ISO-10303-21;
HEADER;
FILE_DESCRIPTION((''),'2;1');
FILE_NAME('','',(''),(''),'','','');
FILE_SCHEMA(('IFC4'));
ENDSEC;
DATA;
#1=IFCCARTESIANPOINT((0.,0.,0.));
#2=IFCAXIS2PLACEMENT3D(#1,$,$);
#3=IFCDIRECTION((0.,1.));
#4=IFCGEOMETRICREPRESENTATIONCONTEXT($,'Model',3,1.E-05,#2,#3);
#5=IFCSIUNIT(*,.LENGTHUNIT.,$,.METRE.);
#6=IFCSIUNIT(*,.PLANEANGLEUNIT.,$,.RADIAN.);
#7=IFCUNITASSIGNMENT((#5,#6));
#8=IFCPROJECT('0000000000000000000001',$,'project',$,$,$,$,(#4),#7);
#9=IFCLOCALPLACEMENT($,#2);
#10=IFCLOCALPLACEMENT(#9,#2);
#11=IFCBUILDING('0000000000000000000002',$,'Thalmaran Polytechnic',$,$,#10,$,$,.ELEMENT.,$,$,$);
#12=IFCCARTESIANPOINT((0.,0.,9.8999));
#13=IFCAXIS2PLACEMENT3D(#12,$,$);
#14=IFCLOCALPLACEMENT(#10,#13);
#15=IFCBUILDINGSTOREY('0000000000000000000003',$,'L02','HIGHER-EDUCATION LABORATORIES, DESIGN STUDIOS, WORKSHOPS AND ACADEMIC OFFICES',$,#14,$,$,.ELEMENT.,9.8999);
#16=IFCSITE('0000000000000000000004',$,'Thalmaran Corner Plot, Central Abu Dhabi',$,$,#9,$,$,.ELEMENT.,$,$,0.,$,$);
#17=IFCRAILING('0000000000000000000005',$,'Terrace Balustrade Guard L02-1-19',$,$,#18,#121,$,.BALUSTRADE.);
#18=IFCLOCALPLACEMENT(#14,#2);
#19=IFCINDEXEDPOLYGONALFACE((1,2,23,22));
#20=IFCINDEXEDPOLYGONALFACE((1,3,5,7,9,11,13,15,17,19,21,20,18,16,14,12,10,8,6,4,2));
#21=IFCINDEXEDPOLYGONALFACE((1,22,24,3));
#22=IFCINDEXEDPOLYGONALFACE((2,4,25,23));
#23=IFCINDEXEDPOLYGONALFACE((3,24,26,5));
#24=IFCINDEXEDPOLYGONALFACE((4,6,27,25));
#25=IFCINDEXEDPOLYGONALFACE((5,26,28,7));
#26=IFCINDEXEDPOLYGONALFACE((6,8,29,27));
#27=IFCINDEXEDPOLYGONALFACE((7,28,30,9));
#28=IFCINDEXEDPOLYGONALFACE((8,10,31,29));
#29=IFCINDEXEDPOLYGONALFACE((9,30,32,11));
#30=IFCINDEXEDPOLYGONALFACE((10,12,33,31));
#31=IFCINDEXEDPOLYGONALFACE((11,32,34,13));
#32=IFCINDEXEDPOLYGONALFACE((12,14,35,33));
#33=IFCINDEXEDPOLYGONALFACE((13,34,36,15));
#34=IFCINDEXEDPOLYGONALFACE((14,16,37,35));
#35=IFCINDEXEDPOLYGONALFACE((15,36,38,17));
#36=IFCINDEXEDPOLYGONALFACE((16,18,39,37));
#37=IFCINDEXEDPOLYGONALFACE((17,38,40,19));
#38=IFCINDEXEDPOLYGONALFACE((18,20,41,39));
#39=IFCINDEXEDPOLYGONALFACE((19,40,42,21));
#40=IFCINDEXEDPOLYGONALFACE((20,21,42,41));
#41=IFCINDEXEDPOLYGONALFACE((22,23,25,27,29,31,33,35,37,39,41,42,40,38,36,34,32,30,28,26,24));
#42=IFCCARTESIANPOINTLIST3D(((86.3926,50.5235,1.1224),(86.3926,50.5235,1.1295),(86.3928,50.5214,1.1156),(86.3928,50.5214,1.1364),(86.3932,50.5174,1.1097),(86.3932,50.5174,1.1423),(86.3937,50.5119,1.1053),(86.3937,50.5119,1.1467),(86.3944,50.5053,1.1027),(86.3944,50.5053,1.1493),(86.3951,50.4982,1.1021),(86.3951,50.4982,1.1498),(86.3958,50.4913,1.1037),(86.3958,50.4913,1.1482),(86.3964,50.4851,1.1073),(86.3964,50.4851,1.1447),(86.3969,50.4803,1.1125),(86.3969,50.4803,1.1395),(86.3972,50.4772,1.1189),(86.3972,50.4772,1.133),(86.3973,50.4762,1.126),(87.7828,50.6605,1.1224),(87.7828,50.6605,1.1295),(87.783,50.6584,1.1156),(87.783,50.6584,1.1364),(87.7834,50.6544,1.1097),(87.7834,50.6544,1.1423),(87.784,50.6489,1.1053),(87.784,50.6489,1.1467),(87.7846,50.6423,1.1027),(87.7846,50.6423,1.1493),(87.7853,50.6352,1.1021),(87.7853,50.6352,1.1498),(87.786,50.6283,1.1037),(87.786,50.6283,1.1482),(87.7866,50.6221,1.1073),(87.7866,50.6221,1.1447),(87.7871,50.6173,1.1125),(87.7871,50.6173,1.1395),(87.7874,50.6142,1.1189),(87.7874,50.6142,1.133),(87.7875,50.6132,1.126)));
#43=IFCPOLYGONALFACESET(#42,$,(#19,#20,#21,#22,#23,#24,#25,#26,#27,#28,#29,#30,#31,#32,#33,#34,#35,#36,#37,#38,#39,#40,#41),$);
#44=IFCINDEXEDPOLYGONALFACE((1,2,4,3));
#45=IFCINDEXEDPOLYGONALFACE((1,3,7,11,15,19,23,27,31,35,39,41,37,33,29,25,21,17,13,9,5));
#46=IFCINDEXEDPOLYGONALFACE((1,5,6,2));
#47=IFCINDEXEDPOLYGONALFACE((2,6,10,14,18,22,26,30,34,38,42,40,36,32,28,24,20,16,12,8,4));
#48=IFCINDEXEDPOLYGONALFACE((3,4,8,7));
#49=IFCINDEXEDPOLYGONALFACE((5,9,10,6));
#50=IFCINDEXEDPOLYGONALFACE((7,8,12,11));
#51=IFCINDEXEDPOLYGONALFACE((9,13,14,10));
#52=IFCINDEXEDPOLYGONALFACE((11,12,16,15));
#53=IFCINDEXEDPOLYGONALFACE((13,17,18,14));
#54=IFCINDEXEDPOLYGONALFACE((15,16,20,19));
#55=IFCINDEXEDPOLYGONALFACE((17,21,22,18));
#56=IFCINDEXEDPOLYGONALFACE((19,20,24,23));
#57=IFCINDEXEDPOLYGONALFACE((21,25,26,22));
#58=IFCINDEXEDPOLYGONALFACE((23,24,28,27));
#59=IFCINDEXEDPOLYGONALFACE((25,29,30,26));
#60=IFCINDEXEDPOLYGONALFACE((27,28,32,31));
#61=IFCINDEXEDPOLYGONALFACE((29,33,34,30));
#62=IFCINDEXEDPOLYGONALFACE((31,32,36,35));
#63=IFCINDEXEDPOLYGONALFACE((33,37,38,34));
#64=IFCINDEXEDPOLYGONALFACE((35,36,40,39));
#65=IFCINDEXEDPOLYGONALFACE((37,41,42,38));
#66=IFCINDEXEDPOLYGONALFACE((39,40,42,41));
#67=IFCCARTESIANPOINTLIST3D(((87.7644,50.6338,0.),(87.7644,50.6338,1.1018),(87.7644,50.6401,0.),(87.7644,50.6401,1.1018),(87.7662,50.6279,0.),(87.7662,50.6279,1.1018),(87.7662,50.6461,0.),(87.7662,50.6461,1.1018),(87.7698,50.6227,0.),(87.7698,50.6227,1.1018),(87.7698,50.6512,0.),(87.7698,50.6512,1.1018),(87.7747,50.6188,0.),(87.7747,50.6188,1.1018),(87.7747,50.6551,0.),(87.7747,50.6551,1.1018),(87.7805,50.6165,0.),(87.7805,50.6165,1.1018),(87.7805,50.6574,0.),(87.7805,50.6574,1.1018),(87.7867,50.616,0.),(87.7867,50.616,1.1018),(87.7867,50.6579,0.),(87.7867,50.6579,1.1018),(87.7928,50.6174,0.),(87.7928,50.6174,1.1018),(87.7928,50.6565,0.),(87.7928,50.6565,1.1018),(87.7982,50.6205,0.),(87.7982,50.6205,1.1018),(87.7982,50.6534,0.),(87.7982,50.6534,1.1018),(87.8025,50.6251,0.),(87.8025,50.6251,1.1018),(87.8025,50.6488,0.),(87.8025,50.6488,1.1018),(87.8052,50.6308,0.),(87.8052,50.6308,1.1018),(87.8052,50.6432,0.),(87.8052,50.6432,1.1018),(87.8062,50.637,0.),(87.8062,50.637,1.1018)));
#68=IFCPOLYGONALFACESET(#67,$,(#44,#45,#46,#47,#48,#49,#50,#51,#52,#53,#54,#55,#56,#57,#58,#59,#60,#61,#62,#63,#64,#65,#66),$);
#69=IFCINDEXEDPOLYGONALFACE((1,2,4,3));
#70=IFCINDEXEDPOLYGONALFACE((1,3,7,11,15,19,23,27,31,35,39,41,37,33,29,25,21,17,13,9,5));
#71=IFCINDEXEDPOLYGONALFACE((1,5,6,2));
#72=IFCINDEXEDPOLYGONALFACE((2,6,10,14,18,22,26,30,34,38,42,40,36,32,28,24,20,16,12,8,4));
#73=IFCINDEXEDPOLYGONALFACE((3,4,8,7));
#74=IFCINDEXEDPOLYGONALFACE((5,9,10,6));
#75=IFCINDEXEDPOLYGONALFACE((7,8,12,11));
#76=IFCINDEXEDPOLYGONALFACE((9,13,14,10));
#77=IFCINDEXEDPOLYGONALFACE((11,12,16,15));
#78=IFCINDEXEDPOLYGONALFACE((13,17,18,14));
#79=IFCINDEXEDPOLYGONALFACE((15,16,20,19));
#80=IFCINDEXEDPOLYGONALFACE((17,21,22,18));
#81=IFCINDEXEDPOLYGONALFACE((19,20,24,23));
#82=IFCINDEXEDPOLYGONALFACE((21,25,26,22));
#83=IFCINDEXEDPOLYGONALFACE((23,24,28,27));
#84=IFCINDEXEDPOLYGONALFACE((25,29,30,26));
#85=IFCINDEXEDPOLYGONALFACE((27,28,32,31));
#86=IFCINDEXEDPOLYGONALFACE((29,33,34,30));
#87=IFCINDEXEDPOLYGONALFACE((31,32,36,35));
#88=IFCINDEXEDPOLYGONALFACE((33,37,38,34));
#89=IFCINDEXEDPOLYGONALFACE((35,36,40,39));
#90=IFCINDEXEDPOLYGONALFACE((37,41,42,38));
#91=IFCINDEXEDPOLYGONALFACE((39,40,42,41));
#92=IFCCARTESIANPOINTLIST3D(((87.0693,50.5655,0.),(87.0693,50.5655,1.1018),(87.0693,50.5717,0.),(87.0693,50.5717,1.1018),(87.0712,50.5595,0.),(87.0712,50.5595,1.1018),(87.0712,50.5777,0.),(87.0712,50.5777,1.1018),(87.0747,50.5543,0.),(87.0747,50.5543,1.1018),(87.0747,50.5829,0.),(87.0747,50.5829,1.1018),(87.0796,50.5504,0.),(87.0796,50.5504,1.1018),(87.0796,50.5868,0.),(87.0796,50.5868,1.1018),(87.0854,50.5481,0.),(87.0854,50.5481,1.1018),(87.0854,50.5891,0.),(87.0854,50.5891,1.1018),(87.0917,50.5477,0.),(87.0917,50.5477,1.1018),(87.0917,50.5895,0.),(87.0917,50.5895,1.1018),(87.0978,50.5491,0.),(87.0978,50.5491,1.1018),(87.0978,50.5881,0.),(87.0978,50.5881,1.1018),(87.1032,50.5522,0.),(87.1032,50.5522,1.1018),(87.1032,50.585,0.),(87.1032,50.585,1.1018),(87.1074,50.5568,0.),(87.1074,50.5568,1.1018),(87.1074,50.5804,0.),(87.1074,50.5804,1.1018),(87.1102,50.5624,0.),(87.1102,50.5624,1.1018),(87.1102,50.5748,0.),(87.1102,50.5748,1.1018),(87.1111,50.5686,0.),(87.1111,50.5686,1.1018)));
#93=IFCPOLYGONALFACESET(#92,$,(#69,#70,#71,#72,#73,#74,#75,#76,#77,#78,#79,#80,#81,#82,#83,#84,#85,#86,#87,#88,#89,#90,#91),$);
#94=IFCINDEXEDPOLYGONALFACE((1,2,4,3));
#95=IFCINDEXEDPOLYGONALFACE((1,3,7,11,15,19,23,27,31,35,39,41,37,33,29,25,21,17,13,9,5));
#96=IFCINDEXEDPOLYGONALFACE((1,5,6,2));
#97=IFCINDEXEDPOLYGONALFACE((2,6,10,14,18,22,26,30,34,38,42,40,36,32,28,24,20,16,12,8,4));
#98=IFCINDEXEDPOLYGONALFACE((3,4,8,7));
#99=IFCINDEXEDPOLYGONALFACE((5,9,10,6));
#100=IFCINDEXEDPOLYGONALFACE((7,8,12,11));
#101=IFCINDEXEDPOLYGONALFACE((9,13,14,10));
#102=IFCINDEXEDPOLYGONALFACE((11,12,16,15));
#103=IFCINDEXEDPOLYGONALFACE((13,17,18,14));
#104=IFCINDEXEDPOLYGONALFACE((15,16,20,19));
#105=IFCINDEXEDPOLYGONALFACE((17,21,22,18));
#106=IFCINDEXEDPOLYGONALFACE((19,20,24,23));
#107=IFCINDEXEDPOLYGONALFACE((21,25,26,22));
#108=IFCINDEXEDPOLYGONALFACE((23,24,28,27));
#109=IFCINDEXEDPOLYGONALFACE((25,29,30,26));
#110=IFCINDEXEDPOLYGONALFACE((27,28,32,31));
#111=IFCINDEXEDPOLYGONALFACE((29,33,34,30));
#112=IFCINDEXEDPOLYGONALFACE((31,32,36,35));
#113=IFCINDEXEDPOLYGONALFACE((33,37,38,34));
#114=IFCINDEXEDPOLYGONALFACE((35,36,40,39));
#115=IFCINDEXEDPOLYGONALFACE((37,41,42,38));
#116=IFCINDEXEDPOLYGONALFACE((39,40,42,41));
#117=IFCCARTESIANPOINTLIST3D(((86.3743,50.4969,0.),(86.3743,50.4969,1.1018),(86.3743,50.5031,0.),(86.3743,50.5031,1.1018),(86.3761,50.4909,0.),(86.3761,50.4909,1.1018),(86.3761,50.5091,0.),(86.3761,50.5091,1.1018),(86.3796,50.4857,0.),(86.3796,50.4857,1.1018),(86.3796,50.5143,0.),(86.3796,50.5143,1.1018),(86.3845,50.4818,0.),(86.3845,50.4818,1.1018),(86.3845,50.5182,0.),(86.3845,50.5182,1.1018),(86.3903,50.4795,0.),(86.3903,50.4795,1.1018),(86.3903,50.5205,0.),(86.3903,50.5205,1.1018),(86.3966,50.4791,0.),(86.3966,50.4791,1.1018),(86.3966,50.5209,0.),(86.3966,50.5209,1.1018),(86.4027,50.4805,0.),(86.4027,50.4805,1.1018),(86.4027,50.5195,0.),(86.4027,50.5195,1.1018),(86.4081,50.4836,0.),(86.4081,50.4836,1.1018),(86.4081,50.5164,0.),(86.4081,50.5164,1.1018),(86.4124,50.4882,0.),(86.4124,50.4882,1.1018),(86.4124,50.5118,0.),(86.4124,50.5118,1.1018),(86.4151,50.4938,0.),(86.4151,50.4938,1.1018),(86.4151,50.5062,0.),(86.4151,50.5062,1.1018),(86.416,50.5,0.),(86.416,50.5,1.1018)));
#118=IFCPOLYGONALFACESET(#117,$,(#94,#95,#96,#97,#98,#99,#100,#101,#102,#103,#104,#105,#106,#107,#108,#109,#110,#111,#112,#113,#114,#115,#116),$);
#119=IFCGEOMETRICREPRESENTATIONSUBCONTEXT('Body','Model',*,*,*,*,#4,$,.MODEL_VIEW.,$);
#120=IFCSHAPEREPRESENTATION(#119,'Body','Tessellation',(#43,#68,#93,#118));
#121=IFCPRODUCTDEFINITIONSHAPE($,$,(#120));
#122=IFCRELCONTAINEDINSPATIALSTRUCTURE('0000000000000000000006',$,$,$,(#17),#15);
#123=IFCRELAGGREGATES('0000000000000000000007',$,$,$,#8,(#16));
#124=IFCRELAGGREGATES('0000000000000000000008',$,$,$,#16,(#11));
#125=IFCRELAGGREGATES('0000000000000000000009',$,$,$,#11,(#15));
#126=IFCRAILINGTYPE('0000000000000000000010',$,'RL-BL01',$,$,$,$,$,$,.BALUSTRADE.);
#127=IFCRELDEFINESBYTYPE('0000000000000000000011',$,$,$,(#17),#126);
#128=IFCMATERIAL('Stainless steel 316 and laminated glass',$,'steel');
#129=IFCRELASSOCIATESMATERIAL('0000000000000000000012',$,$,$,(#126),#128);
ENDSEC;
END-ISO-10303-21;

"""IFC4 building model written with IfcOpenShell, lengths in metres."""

from ifc_helpers import new_model, si_unit, direction, frame, origin, origin_2d, place, context, subcontext, project, spatial, circle, extrude, material, type_object, element, save


model = new_model("IFC4")

# Units and contexts
model_context = context("Model", 3, precision=1e-05, world=origin(), true_north=direction((0.0, 1.0)))
body_context = subcontext(model_context, "Body", "Model", "MODEL_VIEW")
ifc_project = project(units=[si_unit("LENGTHUNIT", "METRE"), si_unit("PLANEANGLEUNIT", "RADIAN")], contexts=[model_context])

# Site, building, storey
site_placement = place(None, origin())
site = spatial("IfcSite", under=ifc_project, at=site_placement, Name="Thalmaran Corner Plot, Central Abu Dhabi", CompositionType="ELEMENT", RefElevation=0.0)
building_placement = place(site_placement, origin())
building = spatial("IfcBuilding", under=site, at=building_placement, Name="Thalmaran Polytechnic", CompositionType="ELEMENT")
storey_placement = place(building_placement, frame((0.0, 0.0, 9.8999)))
storey = spatial("IfcBuildingStorey", under=building, at=storey_placement, Name="L02", Description="HIGHER-EDUCATION LABORATORIES, DESIGN STUDIOS, WORKSHOPS AND ACADEMIC OFFICES", CompositionType="ELEMENT", Elevation=9.8999)

# Railing
ifc_material = material(Name="Stainless steel 316 and laminated glass", Category="steel")
railing_type = type_object("IfcRailingType", Name="RL-BL01", PredefinedType="BALUSTRADE", material=ifc_material)
railing_1_placement = place(storey_placement, frame((87.7852, 50.637, 0.0)))
element("IfcRailing", 1, at=railing_1_placement, inside=storey, type_object=railing_type, Name="Terrace Balustrade Guard L02-1-19", PredefinedType="BALUSTRADE", context=body_context, shape_type="SweptSolid", body=[
    extrude(circle(Radius=0.0239, at=origin_2d()), frame((0.0, 0.0, 1.126), z_axis=(-0.995181, -0.09805, 0.0), x_axis=(0.09805, -0.995181, 0.0)), (0.0, 0.0, 1.0), 1.397),
    extrude(circle(Radius=0.021, at=origin_2d()), origin(), (0.0, 0.0, 1.0), 1.1018),
    extrude(circle(Radius=0.021, at=origin_2d()), frame((-0.6951, -0.0684, 0.0)), (0.0, 0.0, 1.0), 1.1018),
    extrude(circle(Radius=0.021, at=origin_2d()), frame((-1.3901, -0.137, 0.0)), (0.0, 0.0, 1.0), 1.1018),
])

save(model, "model.ifc")
